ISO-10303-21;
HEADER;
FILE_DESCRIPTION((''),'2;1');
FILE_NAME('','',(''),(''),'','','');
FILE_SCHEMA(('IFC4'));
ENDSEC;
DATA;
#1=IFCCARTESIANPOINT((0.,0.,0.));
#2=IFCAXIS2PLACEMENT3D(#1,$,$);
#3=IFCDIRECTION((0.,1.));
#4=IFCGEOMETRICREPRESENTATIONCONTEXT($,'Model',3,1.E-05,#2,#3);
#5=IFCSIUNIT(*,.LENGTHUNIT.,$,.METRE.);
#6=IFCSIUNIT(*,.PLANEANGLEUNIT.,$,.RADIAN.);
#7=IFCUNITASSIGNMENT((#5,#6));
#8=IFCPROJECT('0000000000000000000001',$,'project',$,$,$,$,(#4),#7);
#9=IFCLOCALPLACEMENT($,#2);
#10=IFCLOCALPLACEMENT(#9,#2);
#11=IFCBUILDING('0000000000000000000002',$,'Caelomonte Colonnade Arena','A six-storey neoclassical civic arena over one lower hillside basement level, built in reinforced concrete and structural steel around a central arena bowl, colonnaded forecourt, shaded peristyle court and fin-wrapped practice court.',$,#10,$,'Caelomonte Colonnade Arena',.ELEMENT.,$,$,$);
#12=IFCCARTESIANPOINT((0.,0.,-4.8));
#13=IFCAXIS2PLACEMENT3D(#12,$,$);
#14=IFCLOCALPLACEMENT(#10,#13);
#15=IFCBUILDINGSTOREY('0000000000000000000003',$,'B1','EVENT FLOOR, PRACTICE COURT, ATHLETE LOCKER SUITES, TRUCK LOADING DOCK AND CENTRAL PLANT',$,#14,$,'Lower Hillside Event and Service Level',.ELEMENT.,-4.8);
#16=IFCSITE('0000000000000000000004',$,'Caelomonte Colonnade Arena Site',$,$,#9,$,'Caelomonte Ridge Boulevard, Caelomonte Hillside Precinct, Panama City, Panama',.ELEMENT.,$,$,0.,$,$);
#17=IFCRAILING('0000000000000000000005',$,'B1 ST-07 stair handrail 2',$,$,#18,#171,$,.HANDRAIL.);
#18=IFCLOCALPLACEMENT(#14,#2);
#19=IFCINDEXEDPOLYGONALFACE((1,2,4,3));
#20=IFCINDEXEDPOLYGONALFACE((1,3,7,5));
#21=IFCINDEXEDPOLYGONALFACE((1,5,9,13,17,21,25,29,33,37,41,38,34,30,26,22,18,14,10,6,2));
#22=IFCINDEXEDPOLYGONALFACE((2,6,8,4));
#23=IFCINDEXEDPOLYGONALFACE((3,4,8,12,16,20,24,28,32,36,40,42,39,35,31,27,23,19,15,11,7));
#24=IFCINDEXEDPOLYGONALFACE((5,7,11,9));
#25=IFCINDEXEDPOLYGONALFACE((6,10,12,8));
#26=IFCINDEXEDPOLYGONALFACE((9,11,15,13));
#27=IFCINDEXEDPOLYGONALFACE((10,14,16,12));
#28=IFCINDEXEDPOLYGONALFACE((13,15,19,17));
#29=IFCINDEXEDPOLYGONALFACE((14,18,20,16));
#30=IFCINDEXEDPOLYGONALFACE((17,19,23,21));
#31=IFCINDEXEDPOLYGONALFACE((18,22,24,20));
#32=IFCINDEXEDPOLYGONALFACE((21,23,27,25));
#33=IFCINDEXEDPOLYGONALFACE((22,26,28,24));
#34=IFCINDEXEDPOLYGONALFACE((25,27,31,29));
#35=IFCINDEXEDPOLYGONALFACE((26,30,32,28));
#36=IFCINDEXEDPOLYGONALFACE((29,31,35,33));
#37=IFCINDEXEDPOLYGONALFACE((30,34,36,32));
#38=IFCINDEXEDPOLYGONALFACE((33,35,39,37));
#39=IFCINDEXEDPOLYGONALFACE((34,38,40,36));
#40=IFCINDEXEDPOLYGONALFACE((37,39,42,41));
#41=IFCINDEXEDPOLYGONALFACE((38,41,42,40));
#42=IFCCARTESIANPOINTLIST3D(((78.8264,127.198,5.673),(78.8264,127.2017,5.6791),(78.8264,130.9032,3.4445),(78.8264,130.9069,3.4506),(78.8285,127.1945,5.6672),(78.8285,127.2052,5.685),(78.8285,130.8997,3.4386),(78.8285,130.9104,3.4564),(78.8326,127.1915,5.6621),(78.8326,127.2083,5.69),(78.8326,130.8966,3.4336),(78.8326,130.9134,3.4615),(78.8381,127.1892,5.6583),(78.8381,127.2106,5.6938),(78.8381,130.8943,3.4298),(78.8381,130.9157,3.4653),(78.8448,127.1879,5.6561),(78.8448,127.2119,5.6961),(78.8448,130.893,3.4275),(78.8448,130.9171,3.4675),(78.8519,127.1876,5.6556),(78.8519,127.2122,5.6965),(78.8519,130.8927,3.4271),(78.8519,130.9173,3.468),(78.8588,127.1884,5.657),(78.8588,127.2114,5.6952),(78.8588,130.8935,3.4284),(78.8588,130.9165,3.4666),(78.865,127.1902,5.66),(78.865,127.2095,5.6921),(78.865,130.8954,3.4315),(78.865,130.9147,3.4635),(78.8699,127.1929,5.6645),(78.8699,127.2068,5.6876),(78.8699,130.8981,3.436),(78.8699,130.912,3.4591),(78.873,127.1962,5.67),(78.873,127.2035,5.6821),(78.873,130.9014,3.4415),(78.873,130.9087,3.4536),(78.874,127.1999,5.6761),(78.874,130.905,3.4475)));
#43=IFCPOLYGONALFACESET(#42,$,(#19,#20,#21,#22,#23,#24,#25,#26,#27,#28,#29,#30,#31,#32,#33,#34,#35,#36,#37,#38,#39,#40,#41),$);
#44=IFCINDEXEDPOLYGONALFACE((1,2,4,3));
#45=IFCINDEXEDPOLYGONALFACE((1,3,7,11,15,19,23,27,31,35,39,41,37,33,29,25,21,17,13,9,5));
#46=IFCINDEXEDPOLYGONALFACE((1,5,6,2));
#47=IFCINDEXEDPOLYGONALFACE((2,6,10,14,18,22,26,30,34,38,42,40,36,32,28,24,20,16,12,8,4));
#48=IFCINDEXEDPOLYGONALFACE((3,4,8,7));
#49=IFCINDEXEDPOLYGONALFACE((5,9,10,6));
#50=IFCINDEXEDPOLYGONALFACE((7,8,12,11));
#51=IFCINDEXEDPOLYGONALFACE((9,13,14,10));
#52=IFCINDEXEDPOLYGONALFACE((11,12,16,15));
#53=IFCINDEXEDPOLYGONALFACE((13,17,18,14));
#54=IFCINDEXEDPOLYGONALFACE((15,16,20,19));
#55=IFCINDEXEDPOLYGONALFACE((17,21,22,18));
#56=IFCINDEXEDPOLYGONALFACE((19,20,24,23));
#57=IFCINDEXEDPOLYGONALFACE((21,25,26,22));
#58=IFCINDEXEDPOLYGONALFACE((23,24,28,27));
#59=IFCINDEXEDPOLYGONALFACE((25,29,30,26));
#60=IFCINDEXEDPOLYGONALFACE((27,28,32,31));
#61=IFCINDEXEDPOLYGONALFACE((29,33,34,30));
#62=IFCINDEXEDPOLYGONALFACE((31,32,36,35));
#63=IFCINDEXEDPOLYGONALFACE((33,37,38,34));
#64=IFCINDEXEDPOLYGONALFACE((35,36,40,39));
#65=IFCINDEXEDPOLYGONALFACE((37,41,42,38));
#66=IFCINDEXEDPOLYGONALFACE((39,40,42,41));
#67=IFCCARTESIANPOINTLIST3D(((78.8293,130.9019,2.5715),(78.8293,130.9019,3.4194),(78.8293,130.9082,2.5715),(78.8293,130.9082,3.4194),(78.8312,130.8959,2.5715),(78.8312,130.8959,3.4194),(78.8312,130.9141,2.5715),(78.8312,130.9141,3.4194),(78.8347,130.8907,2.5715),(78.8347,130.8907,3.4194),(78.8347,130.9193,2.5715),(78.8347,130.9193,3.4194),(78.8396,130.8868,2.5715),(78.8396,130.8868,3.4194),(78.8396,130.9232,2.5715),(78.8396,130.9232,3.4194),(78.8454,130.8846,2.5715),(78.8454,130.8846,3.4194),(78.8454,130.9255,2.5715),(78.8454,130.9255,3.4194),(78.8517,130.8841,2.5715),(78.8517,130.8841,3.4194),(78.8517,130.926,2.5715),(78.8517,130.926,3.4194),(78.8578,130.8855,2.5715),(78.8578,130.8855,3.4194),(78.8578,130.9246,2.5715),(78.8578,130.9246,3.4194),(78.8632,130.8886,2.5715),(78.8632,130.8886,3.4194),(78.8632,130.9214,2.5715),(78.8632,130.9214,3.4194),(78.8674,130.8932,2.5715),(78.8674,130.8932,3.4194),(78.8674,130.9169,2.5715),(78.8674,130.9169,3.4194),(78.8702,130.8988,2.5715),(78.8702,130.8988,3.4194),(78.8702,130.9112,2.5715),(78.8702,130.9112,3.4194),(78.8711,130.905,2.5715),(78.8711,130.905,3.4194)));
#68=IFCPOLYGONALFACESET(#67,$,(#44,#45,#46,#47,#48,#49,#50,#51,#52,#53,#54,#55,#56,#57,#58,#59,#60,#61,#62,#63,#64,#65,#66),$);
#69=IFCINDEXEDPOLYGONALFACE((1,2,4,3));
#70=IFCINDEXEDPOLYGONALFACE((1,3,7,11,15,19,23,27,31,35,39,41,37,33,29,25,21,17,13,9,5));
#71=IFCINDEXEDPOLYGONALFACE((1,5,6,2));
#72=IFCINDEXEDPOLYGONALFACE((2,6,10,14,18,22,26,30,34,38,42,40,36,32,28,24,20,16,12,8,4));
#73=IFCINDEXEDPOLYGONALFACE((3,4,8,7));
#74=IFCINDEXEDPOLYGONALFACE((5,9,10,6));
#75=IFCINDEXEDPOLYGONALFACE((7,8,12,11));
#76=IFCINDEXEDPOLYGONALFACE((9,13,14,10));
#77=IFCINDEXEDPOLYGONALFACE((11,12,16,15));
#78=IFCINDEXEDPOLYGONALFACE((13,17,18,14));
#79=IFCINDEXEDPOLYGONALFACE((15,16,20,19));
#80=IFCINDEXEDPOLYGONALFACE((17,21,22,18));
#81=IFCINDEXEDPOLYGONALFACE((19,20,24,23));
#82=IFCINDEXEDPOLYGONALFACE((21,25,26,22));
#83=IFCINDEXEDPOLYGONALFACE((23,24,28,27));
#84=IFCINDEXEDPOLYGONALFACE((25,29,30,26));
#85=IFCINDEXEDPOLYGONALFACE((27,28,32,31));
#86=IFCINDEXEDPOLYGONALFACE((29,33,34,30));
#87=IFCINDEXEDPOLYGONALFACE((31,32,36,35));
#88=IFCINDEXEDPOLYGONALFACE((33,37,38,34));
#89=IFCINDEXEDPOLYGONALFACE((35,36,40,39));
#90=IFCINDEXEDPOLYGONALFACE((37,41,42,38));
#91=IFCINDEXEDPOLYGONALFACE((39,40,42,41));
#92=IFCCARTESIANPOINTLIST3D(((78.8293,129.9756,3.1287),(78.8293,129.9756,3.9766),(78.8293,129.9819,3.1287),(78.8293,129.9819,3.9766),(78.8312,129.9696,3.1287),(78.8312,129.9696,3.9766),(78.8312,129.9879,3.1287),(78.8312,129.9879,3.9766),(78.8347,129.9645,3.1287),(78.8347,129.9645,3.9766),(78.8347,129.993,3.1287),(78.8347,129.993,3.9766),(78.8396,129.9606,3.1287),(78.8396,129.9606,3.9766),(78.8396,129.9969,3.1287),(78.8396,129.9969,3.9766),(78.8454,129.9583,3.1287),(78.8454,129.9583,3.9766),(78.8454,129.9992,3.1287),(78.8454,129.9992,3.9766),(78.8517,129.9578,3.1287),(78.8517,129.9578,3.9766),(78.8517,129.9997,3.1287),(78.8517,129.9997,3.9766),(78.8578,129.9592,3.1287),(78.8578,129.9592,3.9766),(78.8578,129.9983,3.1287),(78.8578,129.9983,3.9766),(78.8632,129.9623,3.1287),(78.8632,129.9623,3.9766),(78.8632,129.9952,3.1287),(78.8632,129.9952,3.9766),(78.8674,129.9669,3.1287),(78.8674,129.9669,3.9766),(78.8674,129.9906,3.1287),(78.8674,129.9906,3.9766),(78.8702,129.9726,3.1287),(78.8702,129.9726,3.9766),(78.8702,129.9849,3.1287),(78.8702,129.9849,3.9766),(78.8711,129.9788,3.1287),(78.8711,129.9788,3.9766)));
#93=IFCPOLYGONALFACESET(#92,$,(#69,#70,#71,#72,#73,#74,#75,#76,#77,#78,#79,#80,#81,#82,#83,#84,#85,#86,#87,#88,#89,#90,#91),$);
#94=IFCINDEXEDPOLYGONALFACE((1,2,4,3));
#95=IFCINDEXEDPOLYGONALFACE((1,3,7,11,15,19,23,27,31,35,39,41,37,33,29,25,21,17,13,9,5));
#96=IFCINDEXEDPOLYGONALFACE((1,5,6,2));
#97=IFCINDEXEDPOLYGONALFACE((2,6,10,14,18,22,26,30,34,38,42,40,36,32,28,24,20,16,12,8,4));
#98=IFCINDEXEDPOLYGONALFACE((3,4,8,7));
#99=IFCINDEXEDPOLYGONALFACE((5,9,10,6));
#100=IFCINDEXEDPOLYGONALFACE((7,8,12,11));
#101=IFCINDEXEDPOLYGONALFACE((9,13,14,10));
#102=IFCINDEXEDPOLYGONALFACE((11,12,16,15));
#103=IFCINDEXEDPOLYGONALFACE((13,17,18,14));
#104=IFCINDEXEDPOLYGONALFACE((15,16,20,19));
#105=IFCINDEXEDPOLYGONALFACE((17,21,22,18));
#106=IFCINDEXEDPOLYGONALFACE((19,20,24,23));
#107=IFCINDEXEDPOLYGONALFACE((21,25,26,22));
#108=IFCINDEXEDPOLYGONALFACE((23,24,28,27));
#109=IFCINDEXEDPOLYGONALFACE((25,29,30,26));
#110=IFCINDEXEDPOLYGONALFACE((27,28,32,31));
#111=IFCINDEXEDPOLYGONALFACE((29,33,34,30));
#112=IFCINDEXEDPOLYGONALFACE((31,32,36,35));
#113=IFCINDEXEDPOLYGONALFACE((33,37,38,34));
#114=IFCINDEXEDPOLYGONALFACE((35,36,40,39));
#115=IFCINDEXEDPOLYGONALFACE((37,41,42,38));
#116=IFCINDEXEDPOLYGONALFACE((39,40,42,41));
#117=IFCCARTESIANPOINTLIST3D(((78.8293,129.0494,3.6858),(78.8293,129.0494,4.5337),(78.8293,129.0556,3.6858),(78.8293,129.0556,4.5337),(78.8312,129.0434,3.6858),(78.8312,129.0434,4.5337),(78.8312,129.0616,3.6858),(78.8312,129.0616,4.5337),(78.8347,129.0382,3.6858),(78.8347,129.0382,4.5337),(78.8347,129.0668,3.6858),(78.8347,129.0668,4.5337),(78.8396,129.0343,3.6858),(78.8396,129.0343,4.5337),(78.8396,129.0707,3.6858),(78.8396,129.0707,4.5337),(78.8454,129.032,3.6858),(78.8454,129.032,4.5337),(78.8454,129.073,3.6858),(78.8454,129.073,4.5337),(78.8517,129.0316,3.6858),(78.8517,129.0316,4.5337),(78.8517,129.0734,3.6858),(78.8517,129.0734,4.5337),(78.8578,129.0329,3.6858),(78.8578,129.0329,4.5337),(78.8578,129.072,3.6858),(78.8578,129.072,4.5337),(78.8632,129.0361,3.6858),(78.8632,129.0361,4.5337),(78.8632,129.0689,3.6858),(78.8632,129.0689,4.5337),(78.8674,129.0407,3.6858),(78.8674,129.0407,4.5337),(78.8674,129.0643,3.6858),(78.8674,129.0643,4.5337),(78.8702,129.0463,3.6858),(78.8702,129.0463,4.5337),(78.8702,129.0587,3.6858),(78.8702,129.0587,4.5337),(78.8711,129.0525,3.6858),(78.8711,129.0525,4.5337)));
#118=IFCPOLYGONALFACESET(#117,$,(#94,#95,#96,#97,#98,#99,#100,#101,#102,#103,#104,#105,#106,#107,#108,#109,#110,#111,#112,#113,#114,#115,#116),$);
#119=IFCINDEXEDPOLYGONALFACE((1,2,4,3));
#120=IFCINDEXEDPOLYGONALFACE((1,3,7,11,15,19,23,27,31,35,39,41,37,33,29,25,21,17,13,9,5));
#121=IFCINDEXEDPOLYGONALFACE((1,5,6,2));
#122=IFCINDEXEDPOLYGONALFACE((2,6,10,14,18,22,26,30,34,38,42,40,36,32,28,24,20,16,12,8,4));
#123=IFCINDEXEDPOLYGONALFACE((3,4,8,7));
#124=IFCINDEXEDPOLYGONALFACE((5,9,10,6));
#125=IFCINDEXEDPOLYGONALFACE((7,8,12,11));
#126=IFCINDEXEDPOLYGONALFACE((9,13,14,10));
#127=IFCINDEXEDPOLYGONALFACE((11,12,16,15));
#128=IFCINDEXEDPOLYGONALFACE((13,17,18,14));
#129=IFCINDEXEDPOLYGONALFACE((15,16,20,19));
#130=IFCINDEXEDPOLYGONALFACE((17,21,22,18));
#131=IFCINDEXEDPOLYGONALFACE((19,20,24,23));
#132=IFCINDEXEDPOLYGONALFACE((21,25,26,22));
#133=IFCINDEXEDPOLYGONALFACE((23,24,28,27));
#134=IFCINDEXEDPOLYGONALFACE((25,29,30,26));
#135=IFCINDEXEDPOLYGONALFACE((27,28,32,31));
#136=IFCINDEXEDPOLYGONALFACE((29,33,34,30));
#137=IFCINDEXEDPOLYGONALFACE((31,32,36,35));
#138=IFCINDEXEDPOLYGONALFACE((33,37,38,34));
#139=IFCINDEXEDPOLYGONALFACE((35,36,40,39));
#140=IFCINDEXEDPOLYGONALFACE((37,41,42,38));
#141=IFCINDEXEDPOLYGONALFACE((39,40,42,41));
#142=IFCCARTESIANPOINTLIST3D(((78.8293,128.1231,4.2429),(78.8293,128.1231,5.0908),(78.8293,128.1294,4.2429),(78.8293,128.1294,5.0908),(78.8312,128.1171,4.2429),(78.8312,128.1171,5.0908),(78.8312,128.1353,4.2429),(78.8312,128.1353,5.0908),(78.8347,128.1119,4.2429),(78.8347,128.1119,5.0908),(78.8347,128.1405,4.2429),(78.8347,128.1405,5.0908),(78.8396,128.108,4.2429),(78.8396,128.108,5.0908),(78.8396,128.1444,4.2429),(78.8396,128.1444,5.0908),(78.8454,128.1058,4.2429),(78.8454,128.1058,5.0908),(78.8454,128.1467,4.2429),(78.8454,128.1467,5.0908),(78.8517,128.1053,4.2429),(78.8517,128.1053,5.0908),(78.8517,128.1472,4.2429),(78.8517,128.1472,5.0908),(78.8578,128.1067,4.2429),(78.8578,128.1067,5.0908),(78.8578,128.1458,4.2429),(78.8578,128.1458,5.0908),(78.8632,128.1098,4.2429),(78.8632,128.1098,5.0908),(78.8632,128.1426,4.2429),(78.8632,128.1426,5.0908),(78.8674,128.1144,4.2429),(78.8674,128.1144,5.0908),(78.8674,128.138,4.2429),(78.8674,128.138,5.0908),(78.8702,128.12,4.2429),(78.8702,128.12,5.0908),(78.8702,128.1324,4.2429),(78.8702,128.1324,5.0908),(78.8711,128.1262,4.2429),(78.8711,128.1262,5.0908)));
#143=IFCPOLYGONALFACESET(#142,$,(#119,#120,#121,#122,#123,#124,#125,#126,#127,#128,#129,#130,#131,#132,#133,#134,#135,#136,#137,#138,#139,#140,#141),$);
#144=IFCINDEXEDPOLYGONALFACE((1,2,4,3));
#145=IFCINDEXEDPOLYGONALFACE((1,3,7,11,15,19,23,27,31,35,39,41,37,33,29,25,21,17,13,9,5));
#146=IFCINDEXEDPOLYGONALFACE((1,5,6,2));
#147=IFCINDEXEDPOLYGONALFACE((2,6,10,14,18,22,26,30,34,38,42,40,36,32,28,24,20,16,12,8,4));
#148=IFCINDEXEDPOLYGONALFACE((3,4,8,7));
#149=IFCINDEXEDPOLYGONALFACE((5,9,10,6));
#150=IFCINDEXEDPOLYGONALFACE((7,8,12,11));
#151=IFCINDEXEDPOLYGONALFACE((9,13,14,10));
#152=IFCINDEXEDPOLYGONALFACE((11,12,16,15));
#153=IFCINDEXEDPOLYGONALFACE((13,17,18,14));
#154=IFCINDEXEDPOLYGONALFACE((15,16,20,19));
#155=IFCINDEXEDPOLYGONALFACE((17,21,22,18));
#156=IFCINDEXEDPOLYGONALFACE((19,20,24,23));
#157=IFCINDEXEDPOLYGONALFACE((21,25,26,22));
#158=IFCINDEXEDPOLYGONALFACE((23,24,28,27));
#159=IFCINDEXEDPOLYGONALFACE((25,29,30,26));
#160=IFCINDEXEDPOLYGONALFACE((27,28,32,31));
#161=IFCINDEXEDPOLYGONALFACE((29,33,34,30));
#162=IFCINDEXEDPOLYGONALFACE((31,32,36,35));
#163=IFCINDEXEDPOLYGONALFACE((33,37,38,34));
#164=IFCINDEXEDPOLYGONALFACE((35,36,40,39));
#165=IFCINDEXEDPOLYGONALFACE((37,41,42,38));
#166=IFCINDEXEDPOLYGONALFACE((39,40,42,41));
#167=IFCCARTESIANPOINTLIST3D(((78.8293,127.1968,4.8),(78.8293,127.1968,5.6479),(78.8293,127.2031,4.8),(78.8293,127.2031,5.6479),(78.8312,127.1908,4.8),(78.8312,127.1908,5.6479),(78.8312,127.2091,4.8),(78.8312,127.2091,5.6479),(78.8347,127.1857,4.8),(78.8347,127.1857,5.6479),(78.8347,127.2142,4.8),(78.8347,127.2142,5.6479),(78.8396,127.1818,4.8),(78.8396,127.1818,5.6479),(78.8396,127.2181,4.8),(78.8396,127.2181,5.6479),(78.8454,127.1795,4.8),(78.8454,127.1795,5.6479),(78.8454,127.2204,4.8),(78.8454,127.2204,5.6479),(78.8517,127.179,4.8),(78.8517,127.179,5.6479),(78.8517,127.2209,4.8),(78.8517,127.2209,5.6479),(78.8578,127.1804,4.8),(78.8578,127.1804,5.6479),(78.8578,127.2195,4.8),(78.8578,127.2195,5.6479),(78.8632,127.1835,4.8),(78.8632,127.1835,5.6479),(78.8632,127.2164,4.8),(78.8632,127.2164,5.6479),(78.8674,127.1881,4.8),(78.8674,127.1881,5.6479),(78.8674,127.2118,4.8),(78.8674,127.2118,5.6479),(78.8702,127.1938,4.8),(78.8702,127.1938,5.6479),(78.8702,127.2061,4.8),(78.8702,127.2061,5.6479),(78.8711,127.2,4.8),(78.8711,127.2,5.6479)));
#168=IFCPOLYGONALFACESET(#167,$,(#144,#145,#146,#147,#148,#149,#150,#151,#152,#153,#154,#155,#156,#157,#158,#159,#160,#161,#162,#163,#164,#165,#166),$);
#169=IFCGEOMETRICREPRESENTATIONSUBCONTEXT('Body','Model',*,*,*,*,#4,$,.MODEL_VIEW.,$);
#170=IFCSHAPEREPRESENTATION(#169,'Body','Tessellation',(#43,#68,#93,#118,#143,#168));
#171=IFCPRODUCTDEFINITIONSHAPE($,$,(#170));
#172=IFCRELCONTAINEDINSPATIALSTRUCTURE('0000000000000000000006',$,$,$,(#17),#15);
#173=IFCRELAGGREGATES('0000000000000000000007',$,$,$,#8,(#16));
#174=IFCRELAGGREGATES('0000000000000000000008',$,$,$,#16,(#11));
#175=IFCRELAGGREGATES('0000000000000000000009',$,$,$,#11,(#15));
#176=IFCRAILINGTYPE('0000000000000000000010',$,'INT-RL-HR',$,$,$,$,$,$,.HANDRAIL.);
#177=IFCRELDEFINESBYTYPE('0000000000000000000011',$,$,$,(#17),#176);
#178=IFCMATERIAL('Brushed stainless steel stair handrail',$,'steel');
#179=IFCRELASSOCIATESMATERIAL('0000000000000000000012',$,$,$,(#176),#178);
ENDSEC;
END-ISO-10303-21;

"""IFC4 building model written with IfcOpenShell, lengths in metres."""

from ifc_helpers import new_model, si_unit, direction, frame, origin, origin_2d, place, context, subcontext, project, spatial, circle, extrude, material, type_object, element, save


model = new_model("IFC4")

# Units and contexts
model_context = context("Model", 3, precision=1e-05, world=origin(), true_north=direction((0.0, 1.0)))
body_context = subcontext(model_context, "Body", "Model", "MODEL_VIEW")
ifc_project = project(units=[si_unit("LENGTHUNIT", "METRE"), si_unit("PLANEANGLEUNIT", "RADIAN")], contexts=[model_context])

# Site, building, storey
site_placement = place(None, origin())
site = spatial("IfcSite", under=ifc_project, at=site_placement, Name="Caelomonte Colonnade Arena Site", LongName="Caelomonte Ridge Boulevard, Caelomonte Hillside Precinct, Panama City, Panama", CompositionType="ELEMENT", RefElevation=0.0)
building_placement = place(site_placement, origin())
building = spatial("IfcBuilding", under=site, at=building_placement, Name="Caelomonte Colonnade Arena", Description="A six-storey neoclassical civic arena over one lower hillside basement level, built in reinforced concrete and structural steel around a central arena bowl, colonnaded forecourt, shaded peristyle court and fin-wrapped practice court.", LongName="Caelomonte Colonnade Arena", CompositionType="ELEMENT")
storey_placement = place(building_placement, frame((0.0, 0.0, -4.8)))
storey = spatial("IfcBuildingStorey", under=building, at=storey_placement, Name="B1", Description="EVENT FLOOR, PRACTICE COURT, ATHLETE LOCKER SUITES, TRUCK LOADING DOCK AND CENTRAL PLANT", LongName="Lower Hillside Event and Service Level", CompositionType="ELEMENT", Elevation=-4.8)

# Railing
ifc_material_1 = material(Name="Brushed stainless steel stair handrail", Category="steel")
railing_type_1 = type_object("IfcRailingType", Name="INT-RL-HR", PredefinedType="HANDRAIL", material=ifc_material_1)
railing_1_placement = place(storey_placement, frame((78.8501, 130.905, 2.5715)))
element("IfcRailing", 1, at=railing_1_placement, inside=storey, type_object=railing_type_1, Name="B1 ST-07 stair handrail 2", PredefinedType="HANDRAIL", context=body_context, shape_type="SweptSolid", body=[
    extrude(circle(Radius=0.0239, at=origin_2d()), frame((0.0, 0.0, 0.876), z_axis=(0.0, -0.856934, 0.515425), x_axis=(1.0, 0.0, 0.0)), (0.0, 0.0, 1.0), 4.3237),
    extrude(circle(Radius=0.021, at=origin_2d()), origin(), (0.0, 0.0, 1.0), 0.8479),
    extrude(circle(Radius=0.021, at=origin_2d()), frame((0.0, -0.9263, 0.5571)), (0.0, 0.0, 1.0), 0.8479),
    extrude(circle(Radius=0.021, at=origin_2d()), frame((0.0, -1.8525, 1.1143)), (0.0, 0.0, 1.0), 0.8479),
    extrude(circle(Radius=0.021, at=origin_2d()), frame((0.0, -2.7788, 1.6714)), (0.0, 0.0, 1.0), 0.8479),
    extrude(circle(Radius=0.021, at=origin_2d()), frame((0.0, -3.7051, 2.2285)), (0.0, 0.0, 1.0), 0.8479),
])

save(model, "model.ifc")
